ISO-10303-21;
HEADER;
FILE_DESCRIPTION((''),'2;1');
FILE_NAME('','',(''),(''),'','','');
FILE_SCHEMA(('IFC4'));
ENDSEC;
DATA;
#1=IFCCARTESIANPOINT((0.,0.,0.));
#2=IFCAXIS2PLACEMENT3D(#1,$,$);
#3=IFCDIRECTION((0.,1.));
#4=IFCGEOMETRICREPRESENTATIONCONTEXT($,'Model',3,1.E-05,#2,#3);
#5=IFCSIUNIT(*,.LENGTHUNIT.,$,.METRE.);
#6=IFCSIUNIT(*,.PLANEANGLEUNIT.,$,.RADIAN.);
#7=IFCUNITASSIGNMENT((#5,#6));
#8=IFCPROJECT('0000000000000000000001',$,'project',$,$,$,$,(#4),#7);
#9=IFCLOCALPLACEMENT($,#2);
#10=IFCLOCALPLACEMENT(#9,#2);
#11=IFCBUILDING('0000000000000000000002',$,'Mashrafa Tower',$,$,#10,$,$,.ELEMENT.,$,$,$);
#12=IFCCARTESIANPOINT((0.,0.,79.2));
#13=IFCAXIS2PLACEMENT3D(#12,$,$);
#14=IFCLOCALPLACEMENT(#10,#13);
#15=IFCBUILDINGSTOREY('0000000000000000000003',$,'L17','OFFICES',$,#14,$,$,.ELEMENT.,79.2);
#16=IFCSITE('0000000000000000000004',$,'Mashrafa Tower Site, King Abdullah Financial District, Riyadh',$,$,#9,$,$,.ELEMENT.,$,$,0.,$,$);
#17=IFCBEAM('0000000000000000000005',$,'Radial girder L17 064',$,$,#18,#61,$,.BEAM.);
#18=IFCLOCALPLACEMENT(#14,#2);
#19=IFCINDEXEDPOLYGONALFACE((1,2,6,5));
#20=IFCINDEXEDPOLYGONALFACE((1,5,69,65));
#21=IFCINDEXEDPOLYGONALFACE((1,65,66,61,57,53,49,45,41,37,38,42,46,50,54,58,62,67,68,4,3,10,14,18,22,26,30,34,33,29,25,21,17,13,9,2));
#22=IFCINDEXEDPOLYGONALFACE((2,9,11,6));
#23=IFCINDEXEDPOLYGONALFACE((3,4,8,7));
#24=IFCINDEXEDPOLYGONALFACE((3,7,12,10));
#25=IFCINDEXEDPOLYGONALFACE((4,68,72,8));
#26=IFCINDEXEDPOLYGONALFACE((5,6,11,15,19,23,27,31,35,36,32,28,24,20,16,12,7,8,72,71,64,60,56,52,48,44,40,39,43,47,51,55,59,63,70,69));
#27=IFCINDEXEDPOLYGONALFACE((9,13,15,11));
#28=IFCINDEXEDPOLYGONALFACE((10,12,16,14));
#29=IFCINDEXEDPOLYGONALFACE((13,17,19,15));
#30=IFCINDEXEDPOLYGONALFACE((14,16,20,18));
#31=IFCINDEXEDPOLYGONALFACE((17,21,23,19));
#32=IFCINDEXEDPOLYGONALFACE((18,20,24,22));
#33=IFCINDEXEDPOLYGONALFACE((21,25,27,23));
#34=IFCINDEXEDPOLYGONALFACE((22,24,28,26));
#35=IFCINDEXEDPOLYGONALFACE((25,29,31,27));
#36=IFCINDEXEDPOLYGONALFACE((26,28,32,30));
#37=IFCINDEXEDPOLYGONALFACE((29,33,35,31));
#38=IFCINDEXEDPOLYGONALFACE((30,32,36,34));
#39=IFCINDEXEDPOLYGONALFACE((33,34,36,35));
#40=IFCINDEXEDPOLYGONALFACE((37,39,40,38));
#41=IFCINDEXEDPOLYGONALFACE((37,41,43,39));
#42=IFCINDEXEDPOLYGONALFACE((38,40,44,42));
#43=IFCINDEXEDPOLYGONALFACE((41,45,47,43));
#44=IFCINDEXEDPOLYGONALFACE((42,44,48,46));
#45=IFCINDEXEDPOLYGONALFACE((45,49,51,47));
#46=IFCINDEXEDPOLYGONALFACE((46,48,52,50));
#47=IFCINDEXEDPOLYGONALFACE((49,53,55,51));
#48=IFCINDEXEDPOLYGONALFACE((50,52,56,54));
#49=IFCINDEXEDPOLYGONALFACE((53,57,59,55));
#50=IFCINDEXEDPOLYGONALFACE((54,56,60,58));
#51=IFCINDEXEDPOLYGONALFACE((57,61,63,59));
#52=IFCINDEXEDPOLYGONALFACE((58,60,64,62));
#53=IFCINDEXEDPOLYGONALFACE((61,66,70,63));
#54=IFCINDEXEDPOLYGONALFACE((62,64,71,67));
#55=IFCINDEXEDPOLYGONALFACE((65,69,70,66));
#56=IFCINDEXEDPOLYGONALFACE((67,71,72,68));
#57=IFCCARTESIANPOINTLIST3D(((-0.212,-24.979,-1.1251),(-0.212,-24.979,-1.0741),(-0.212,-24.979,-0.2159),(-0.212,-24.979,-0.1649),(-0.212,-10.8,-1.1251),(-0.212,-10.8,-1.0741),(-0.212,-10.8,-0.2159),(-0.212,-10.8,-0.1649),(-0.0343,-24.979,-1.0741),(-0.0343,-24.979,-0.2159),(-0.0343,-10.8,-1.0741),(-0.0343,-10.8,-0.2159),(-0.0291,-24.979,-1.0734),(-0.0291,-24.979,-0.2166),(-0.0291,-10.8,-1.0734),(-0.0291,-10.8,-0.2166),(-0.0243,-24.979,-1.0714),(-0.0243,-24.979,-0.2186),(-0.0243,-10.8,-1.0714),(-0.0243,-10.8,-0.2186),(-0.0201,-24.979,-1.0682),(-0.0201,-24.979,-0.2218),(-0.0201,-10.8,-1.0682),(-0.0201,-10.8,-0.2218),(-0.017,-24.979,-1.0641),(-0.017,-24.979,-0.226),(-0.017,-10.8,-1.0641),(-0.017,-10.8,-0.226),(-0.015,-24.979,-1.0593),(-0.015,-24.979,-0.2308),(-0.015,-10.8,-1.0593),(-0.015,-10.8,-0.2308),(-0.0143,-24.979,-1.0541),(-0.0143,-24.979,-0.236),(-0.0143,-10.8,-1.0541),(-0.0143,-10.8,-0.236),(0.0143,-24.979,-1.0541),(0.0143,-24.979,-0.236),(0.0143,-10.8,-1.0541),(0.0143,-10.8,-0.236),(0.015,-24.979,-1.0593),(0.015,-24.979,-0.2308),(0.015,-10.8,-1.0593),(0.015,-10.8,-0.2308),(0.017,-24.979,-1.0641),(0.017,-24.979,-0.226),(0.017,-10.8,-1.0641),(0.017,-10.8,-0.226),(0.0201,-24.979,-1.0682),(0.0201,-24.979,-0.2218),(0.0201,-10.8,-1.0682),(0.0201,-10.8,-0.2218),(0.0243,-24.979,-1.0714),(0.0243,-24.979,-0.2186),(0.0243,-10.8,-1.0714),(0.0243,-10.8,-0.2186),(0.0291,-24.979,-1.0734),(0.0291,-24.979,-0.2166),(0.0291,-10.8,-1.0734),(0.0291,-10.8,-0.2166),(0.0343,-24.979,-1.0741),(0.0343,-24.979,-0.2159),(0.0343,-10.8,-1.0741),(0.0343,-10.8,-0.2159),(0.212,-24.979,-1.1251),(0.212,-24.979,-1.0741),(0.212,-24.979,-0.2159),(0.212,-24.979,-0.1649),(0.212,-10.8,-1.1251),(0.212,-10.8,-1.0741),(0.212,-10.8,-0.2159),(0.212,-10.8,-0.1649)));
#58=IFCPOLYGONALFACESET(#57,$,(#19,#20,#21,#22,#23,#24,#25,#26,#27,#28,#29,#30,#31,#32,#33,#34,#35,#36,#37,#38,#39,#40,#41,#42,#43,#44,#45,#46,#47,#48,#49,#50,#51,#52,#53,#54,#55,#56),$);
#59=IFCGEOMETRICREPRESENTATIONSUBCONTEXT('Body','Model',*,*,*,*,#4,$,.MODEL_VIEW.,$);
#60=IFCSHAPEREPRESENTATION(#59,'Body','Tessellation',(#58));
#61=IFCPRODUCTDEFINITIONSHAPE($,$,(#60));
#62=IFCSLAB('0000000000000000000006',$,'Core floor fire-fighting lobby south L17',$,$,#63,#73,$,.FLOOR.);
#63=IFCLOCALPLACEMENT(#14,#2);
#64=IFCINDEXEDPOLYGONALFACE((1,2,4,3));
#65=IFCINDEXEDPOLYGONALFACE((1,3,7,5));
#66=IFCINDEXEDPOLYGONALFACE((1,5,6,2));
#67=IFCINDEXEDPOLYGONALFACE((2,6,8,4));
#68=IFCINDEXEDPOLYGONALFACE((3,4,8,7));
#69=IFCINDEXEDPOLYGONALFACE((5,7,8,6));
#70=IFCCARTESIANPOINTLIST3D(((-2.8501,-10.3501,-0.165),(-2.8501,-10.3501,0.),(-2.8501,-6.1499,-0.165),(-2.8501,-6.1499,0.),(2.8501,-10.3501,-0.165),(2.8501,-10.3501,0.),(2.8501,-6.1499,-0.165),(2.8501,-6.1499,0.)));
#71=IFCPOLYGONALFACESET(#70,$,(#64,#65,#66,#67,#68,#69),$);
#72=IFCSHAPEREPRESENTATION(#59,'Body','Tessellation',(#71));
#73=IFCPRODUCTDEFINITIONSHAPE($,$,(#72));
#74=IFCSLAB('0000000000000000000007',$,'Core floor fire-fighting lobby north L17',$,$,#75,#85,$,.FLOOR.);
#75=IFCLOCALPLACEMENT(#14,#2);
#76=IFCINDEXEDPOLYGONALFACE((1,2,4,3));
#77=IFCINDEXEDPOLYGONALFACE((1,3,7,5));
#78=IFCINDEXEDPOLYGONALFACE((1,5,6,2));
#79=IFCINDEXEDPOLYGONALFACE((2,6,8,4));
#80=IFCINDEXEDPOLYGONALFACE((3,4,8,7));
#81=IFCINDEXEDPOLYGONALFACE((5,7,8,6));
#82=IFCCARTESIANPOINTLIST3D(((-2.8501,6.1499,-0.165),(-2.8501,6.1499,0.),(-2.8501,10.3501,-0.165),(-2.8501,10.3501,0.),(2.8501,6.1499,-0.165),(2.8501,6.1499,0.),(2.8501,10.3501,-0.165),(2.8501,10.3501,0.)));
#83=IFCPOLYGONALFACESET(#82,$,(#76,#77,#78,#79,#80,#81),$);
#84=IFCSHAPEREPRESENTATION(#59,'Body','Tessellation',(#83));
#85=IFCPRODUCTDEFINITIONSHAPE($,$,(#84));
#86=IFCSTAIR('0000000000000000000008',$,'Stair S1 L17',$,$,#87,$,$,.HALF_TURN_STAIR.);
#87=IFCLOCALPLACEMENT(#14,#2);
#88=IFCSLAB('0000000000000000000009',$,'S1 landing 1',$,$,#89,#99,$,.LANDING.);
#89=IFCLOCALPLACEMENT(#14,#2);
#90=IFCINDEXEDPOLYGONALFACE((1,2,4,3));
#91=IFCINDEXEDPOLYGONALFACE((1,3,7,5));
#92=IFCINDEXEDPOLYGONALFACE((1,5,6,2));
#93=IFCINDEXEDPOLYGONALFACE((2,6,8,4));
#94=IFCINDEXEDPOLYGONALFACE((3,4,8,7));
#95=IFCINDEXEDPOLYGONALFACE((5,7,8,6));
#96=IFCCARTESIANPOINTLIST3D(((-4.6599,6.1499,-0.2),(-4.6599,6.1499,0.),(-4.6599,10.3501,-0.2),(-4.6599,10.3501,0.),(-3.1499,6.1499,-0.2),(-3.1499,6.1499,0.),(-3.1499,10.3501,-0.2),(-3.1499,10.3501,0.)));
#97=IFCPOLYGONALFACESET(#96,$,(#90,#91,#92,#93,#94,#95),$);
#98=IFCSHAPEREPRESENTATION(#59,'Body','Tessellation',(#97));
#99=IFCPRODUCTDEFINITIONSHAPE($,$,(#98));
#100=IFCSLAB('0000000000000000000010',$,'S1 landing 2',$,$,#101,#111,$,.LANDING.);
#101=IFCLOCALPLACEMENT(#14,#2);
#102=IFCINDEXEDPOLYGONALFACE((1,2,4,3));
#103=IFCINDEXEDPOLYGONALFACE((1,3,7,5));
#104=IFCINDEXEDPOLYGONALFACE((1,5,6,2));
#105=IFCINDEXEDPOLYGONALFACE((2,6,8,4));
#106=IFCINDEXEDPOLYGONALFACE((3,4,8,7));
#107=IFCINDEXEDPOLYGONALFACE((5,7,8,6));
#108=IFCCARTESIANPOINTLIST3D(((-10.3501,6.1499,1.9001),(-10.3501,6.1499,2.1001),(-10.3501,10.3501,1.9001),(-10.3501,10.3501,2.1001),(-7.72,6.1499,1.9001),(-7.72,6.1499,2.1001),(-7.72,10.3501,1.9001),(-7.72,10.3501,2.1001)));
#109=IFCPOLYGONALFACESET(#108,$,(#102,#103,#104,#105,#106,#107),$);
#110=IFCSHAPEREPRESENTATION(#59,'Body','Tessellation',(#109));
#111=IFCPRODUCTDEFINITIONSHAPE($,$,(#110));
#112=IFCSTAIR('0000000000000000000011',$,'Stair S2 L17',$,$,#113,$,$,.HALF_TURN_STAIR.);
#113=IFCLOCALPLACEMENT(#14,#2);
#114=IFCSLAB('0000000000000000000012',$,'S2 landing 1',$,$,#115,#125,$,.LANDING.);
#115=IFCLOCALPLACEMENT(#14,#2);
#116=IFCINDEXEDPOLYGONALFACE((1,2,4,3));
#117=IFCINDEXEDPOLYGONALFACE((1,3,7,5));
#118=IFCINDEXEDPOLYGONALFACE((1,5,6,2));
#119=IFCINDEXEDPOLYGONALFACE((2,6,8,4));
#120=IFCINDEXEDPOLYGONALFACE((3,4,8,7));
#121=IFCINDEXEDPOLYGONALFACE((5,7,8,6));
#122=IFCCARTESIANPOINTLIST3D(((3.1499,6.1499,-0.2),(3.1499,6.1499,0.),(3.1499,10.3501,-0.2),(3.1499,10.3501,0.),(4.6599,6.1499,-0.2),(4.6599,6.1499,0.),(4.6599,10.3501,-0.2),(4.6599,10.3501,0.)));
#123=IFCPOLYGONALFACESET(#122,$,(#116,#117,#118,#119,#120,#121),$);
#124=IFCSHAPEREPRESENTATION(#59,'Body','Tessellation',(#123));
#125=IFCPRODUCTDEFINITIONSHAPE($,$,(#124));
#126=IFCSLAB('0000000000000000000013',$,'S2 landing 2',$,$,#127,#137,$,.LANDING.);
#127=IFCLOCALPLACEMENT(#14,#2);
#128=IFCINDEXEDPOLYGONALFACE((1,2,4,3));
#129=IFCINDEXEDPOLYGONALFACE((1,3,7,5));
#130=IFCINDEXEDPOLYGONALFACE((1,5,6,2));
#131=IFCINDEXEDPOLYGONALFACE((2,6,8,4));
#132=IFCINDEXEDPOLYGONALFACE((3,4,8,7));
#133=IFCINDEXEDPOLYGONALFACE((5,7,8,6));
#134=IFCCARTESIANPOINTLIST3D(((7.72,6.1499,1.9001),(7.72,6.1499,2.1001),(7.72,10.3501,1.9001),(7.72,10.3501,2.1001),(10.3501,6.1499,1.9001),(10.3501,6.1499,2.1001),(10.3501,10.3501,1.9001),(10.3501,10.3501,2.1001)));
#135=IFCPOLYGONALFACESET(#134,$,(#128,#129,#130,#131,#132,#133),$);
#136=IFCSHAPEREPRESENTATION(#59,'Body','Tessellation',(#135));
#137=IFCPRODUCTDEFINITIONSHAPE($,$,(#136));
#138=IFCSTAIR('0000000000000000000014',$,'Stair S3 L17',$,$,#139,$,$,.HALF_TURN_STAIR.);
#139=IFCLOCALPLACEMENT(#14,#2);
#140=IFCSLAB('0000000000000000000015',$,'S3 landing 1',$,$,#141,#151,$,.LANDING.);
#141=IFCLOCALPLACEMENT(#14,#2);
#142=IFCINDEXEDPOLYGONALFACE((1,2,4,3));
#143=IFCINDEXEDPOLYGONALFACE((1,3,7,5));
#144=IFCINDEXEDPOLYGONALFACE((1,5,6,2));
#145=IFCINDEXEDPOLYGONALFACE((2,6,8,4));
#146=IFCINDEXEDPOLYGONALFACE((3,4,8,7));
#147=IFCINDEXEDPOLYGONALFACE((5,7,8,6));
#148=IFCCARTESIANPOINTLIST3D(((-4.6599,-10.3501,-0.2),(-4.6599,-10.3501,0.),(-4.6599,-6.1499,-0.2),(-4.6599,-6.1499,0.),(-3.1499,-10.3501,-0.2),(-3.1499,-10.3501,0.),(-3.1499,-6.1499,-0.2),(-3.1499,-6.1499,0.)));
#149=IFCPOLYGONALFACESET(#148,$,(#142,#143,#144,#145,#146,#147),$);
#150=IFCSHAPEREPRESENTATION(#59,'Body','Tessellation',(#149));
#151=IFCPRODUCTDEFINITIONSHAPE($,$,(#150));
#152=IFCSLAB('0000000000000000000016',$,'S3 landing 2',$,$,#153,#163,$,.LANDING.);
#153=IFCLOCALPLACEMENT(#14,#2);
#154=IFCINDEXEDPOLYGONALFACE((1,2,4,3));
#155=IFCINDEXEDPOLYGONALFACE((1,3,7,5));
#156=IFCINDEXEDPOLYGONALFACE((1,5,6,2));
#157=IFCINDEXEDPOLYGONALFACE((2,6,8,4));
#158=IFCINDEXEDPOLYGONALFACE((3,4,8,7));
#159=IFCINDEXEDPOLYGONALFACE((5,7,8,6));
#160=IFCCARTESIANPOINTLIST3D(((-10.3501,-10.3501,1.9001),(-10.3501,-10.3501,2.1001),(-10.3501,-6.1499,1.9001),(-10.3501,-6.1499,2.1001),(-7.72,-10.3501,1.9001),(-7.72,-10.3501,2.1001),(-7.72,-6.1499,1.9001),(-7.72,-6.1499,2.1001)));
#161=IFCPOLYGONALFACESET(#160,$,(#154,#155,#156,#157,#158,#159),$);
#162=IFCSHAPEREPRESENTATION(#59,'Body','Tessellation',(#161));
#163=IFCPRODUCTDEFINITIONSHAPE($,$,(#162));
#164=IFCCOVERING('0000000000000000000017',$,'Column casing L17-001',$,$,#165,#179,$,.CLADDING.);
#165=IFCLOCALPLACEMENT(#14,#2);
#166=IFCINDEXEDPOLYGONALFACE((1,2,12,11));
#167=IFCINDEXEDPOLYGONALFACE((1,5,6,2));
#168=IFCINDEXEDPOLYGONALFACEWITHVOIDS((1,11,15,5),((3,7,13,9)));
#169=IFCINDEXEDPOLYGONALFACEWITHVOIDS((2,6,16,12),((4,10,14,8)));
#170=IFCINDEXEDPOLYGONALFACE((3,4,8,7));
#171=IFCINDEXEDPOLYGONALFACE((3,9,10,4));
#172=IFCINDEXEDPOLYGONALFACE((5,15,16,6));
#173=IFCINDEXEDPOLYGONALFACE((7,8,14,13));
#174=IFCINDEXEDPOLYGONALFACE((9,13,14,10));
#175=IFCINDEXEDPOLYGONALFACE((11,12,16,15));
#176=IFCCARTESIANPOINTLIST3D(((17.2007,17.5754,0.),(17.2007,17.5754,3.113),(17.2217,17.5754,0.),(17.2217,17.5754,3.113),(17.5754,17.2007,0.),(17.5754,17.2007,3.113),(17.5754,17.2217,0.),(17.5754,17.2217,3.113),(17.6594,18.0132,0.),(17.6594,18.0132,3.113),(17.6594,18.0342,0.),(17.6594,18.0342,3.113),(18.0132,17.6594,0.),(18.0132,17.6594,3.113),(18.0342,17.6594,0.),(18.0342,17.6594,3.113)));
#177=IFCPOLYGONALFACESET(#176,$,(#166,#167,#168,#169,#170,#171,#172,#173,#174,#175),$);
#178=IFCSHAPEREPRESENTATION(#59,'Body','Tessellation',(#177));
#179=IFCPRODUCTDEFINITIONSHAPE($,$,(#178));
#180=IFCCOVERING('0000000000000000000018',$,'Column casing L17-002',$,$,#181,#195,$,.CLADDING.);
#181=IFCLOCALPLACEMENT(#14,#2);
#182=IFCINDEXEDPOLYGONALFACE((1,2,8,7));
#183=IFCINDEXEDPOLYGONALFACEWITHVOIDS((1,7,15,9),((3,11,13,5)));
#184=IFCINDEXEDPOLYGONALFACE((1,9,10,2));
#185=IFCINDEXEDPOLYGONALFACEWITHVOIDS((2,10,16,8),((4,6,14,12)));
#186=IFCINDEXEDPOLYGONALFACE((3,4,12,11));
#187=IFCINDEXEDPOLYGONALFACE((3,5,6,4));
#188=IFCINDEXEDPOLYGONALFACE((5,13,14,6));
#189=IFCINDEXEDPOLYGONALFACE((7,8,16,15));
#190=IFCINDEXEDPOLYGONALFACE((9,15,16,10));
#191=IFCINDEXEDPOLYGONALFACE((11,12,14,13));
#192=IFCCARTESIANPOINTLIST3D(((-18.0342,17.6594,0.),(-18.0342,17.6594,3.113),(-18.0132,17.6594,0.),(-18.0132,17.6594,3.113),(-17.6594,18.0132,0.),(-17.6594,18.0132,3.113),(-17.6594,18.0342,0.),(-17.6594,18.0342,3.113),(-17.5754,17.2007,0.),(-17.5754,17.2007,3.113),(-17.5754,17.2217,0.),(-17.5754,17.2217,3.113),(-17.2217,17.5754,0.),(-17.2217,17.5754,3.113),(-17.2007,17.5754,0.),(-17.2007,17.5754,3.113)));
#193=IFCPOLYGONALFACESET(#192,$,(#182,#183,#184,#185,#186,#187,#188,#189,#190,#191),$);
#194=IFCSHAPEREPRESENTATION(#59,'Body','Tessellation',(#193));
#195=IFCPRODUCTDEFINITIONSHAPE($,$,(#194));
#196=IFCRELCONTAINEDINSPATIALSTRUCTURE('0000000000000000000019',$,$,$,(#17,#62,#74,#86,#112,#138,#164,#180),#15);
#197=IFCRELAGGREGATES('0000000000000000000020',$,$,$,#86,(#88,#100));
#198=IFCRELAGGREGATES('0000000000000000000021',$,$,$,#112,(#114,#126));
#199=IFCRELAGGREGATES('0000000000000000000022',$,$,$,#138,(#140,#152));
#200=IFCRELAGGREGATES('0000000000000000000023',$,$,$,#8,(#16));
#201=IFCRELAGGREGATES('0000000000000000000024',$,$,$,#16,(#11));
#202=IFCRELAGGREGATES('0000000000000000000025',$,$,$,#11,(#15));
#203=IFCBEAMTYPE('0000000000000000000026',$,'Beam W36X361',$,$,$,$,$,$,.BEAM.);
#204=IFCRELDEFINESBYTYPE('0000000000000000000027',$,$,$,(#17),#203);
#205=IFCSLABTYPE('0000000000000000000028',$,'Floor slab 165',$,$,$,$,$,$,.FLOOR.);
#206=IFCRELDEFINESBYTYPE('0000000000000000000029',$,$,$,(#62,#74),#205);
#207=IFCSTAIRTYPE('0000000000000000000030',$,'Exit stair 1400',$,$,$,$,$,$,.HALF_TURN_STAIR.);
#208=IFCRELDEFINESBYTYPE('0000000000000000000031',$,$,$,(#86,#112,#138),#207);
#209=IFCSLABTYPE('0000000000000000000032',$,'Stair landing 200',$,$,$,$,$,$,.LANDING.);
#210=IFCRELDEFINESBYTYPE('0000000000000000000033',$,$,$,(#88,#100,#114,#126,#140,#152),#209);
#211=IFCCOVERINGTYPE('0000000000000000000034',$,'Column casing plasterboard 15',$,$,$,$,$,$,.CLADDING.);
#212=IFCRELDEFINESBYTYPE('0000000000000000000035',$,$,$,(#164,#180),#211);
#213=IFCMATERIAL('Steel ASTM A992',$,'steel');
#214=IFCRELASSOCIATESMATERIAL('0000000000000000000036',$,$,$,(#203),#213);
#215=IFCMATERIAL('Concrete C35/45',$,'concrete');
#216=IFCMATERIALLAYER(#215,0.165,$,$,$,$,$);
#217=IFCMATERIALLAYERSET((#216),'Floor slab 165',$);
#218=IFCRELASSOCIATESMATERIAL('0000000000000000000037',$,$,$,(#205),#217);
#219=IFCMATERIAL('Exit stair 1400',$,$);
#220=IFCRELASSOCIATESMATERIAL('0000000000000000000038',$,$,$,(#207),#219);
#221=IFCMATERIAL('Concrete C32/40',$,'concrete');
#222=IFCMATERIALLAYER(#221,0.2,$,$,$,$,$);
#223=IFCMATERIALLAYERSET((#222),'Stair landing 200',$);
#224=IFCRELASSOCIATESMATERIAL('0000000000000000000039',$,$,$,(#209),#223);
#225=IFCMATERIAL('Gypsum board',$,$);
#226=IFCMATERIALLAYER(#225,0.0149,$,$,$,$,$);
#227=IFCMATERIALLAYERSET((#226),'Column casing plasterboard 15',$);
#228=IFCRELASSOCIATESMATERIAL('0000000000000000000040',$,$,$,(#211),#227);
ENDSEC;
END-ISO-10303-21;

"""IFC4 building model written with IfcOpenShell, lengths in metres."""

from ifc_helpers import new_model, si_unit, direction, frame, origin, origin_2d, place, context, subcontext, project, spatial, polyline, i_section, outline, extrude, material, layer, layer_set, material_profile, profile_set, type_object, element, aggregate, save


model = new_model("IFC4")

# Units and contexts
model_context = context("Model", 3, precision=1e-05, world=origin(), true_north=direction((0.0, 1.0)))
body_context = subcontext(model_context, "Body", "Model", "MODEL_VIEW")
ifc_project = project(units=[si_unit("LENGTHUNIT", "METRE"), si_unit("PLANEANGLEUNIT", "RADIAN")], contexts=[model_context])

# Site, building, storey
site_placement = place(None, origin())
site = spatial("IfcSite", under=ifc_project, at=site_placement, Name="Mashrafa Tower Site, King Abdullah Financial District, Riyadh", CompositionType="ELEMENT", RefElevation=0.0)
building_placement = place(site_placement, origin())
building = spatial("IfcBuilding", under=site, at=building_placement, Name="Mashrafa Tower", CompositionType="ELEMENT")
storey_placement = place(building_placement, frame((0.0, 0.0, 79.2)))
storey = spatial("IfcBuildingStorey", under=building, at=storey_placement, Name="L17", Description="OFFICES", CompositionType="ELEMENT", Elevation=79.2)

# Beam
ifc_material_1 = material(Name="Steel ASTM A992", Category="steel")
ifc_material_profile = material_profile(ifc_material_1, i_section(OverallWidth=0.4241, OverallDepth=0.9602, WebThickness=0.0286, FlangeThickness=0.051, FilletRadius=0.02, at=origin_2d()), Name="W36X361")
ifc_profile_set = profile_set([ifc_material_profile], Name="Steel ASTM A992")
beam_type = type_object("IfcBeamType", Name="Beam W36X361", PredefinedType="BEAM", material=ifc_profile_set)
beam_placement = place(storey_placement, frame((0.0, -10.8, -0.645), z_axis=(0.0, -1.0, 0.0), x_axis=(1.0, 0.0, 0.0)))
element("IfcBeam", 1, at=beam_placement, inside=storey, type_object=beam_type, Name="Radial girder L17 064", PredefinedType="BEAM", context=body_context, shape_type="SweptSolid", body=[
    extrude(i_section(OverallWidth=0.4241, OverallDepth=0.9602, WebThickness=0.0286, FlangeThickness=0.051, FilletRadius=0.02, at=origin_2d()), origin(), (0.0, 0.0, 1.0), 14.179),
])

# Slabs
ifc_material_2 = material(Name="Concrete C35/45", Category="concrete")
ifc_layer_1 = layer(ifc_material_2, 0.165)
ifc_layer_set_1 = layer_set([ifc_layer_1], Name="Floor slab 165")
slab_type_1 = type_object("IfcSlabType", Name="Floor slab 165", PredefinedType="FLOOR", material=ifc_layer_set_1)
slab_1_placement = place(storey_placement, frame((0.0, 0.0, -0.165)))
element("IfcSlab", 2, at=slab_1_placement, inside=storey, type_object=slab_type_1, Name="Core floor fire-fighting lobby south L17", PredefinedType="FLOOR", context=body_context, shape_type="SweptSolid", body=[
    extrude(outline(polyline([(2.8501, -6.1499), (2.8501, -10.3501), (-2.8501, -10.3501), (-2.8501, -6.1499), (2.8501, -6.1499)])), origin(), (0.0, 0.0, 1.0), 0.165),
])
slab_2_placement = place(storey_placement, frame((0.0, 0.0, -0.165)))
element("IfcSlab", 3, at=slab_2_placement, inside=storey, type_object=slab_type_1, Name="Core floor fire-fighting lobby north L17", PredefinedType="FLOOR", context=body_context, shape_type="SweptSolid", body=[
    extrude(outline(polyline([(-2.8501, 10.3501), (2.8501, 10.3501), (2.8501, 6.1499), (-2.8501, 6.1499), (-2.8501, 10.3501)])), origin(), (0.0, 0.0, 1.0), 0.165),
])

# Stairs, slabs
ifc_material_3 = material(Name="Exit stair 1400")
stair_type = type_object("IfcStairType", Name="Exit stair 1400", PredefinedType="HALF_TURN_STAIR", material=ifc_material_3)
stair_1_placement = place(storey_placement, origin())
stair_1 = element("IfcStair", 4, at=stair_1_placement, inside=storey, type_object=stair_type, Name="Stair S1 L17", PredefinedType="HALF_TURN_STAIR")
ifc_material_4 = material(Name="Concrete C32/40", Category="concrete")
ifc_layer_2 = layer(ifc_material_4, 0.2)
ifc_layer_set_2 = layer_set([ifc_layer_2], Name="Stair landing 200")
slab_type_2 = type_object("IfcSlabType", Name="Stair landing 200", PredefinedType="LANDING", material=ifc_layer_set_2)
slab_3_placement = place(storey_placement, frame((0.0, 0.0, -0.2)))
slab_3 = element("IfcSlab", 5, at=slab_3_placement, type_object=slab_type_2, Name="S1 landing 1", PredefinedType="LANDING", context=body_context, shape_type="SweptSolid", body=[
    extrude(outline(polyline([(-4.6599, 6.1499), (-3.1499, 6.1499), (-3.1499, 10.3501), (-4.6599, 10.3501), (-4.6599, 6.1499)])), origin(), (0.0, 0.0, 1.0), 0.2),
])
slab_4_placement = place(storey_placement, frame((0.0, 0.0, 1.9001)))
slab_4 = element("IfcSlab", 6, at=slab_4_placement, type_object=slab_type_2, Name="S1 landing 2", PredefinedType="LANDING", context=body_context, shape_type="SweptSolid", body=[
    extrude(outline(polyline([(-10.3501, 6.1499), (-7.72, 6.1499), (-7.72, 10.3501), (-10.3501, 10.3501), (-10.3501, 6.1499)])), origin(), (0.0, 0.0, 1.0), 0.2),
])
aggregate(stair_1, [slab_3, slab_4])
stair_2_placement = place(storey_placement, origin())
stair_2 = element("IfcStair", 7, at=stair_2_placement, inside=storey, type_object=stair_type, Name="Stair S2 L17", PredefinedType="HALF_TURN_STAIR")
slab_5_placement = place(storey_placement, frame((0.0, 0.0, -0.2)))
slab_5 = element("IfcSlab", 8, at=slab_5_placement, type_object=slab_type_2, Name="S2 landing 1", PredefinedType="LANDING", context=body_context, shape_type="SweptSolid", body=[
    extrude(outline(polyline([(3.1499, 6.1499), (4.6599, 6.1499), (4.6599, 10.3501), (3.1499, 10.3501), (3.1499, 6.1499)])), origin(), (0.0, 0.0, 1.0), 0.2),
])
slab_6_placement = place(storey_placement, frame((0.0, 0.0, 1.9001)))
slab_6 = element("IfcSlab", 9, at=slab_6_placement, type_object=slab_type_2, Name="S2 landing 2", PredefinedType="LANDING", context=body_context, shape_type="SweptSolid", body=[
    extrude(outline(polyline([(7.72, 6.1499), (10.3501, 6.1499), (10.3501, 10.3501), (7.72, 10.3501), (7.72, 6.1499)])), origin(), (0.0, 0.0, 1.0), 0.2),
])
aggregate(stair_2, [slab_5, slab_6])
stair_3_placement = place(storey_placement, origin())
stair_3 = element("IfcStair", 10, at=stair_3_placement, inside=storey, type_object=stair_type, Name="Stair S3 L17", PredefinedType="HALF_TURN_STAIR")
slab_7_placement = place(storey_placement, frame((0.0, 0.0, -0.2)))
slab_7 = element("IfcSlab", 11, at=slab_7_placement, type_object=slab_type_2, Name="S3 landing 1", PredefinedType="LANDING", context=body_context, shape_type="SweptSolid", body=[
    extrude(outline(polyline([(-4.6599, -10.3501), (-3.1499, -10.3501), (-3.1499, -6.1499), (-4.6599, -6.1499), (-4.6599, -10.3501)])), origin(), (0.0, 0.0, 1.0), 0.2),
])
slab_8_placement = place(storey_placement, frame((0.0, 0.0, 1.9001)))
slab_8 = element("IfcSlab", 12, at=slab_8_placement, type_object=slab_type_2, Name="S3 landing 2", PredefinedType="LANDING", context=body_context, shape_type="SweptSolid", body=[
    extrude(outline(polyline([(-10.3501, -10.3501), (-7.72, -10.3501), (-7.72, -6.1499), (-10.3501, -6.1499), (-10.3501, -10.3501)])), origin(), (0.0, 0.0, 1.0), 0.2),
])
aggregate(stair_3, [slab_7, slab_8])

# Coverings
ifc_material_5 = material(Name="Gypsum board")
ifc_layer_3 = layer(ifc_material_5, 0.0149)
ifc_layer_set_3 = layer_set([ifc_layer_3], Name="Column casing plasterboard 15")
covering_type_1 = type_object("IfcCoveringType", Name="Column casing plasterboard 15", PredefinedType="CLADDING", material=ifc_layer_set_3)
covering_1_placement = place(storey_placement, origin())
element("IfcCovering", 13, at=covering_1_placement, inside=storey, type_object=covering_type_1, Name="Column casing L17-001", PredefinedType="CLADDING", context=body_context, shape_type="SweptSolid", body=[
    extrude(outline(polyline([(17.2007, 17.5754), (17.6594, 18.0342), (18.0342, 17.6594), (17.5754, 17.2007), (17.2007, 17.5754)]), holes=[polyline([(18.0132, 17.6594), (17.6594, 18.0132), (17.2217, 17.5754), (17.5754, 17.2217), (18.0132, 17.6594)])]), origin(), (0.0, 0.0, 1.0), 3.113),
])
covering_2_placement = place(storey_placement, origin())
element("IfcCovering", 14, at=covering_2_placement, inside=storey, type_object=covering_type_1, Name="Column casing L17-002", PredefinedType="CLADDING", context=body_context, shape_type="SweptSolid", body=[
    extrude(outline(polyline([(-18.0342, 17.6594), (-17.6594, 18.0342), (-17.2007, 17.5754), (-17.5754, 17.2007), (-18.0342, 17.6594)]), holes=[polyline([(-17.2217, 17.5754), (-17.6594, 18.0132), (-18.0132, 17.6594), (-17.5754, 17.2217), (-17.2217, 17.5754)])]), origin(), (0.0, 0.0, 1.0), 3.113),
])

save(model, "model.ifc")
